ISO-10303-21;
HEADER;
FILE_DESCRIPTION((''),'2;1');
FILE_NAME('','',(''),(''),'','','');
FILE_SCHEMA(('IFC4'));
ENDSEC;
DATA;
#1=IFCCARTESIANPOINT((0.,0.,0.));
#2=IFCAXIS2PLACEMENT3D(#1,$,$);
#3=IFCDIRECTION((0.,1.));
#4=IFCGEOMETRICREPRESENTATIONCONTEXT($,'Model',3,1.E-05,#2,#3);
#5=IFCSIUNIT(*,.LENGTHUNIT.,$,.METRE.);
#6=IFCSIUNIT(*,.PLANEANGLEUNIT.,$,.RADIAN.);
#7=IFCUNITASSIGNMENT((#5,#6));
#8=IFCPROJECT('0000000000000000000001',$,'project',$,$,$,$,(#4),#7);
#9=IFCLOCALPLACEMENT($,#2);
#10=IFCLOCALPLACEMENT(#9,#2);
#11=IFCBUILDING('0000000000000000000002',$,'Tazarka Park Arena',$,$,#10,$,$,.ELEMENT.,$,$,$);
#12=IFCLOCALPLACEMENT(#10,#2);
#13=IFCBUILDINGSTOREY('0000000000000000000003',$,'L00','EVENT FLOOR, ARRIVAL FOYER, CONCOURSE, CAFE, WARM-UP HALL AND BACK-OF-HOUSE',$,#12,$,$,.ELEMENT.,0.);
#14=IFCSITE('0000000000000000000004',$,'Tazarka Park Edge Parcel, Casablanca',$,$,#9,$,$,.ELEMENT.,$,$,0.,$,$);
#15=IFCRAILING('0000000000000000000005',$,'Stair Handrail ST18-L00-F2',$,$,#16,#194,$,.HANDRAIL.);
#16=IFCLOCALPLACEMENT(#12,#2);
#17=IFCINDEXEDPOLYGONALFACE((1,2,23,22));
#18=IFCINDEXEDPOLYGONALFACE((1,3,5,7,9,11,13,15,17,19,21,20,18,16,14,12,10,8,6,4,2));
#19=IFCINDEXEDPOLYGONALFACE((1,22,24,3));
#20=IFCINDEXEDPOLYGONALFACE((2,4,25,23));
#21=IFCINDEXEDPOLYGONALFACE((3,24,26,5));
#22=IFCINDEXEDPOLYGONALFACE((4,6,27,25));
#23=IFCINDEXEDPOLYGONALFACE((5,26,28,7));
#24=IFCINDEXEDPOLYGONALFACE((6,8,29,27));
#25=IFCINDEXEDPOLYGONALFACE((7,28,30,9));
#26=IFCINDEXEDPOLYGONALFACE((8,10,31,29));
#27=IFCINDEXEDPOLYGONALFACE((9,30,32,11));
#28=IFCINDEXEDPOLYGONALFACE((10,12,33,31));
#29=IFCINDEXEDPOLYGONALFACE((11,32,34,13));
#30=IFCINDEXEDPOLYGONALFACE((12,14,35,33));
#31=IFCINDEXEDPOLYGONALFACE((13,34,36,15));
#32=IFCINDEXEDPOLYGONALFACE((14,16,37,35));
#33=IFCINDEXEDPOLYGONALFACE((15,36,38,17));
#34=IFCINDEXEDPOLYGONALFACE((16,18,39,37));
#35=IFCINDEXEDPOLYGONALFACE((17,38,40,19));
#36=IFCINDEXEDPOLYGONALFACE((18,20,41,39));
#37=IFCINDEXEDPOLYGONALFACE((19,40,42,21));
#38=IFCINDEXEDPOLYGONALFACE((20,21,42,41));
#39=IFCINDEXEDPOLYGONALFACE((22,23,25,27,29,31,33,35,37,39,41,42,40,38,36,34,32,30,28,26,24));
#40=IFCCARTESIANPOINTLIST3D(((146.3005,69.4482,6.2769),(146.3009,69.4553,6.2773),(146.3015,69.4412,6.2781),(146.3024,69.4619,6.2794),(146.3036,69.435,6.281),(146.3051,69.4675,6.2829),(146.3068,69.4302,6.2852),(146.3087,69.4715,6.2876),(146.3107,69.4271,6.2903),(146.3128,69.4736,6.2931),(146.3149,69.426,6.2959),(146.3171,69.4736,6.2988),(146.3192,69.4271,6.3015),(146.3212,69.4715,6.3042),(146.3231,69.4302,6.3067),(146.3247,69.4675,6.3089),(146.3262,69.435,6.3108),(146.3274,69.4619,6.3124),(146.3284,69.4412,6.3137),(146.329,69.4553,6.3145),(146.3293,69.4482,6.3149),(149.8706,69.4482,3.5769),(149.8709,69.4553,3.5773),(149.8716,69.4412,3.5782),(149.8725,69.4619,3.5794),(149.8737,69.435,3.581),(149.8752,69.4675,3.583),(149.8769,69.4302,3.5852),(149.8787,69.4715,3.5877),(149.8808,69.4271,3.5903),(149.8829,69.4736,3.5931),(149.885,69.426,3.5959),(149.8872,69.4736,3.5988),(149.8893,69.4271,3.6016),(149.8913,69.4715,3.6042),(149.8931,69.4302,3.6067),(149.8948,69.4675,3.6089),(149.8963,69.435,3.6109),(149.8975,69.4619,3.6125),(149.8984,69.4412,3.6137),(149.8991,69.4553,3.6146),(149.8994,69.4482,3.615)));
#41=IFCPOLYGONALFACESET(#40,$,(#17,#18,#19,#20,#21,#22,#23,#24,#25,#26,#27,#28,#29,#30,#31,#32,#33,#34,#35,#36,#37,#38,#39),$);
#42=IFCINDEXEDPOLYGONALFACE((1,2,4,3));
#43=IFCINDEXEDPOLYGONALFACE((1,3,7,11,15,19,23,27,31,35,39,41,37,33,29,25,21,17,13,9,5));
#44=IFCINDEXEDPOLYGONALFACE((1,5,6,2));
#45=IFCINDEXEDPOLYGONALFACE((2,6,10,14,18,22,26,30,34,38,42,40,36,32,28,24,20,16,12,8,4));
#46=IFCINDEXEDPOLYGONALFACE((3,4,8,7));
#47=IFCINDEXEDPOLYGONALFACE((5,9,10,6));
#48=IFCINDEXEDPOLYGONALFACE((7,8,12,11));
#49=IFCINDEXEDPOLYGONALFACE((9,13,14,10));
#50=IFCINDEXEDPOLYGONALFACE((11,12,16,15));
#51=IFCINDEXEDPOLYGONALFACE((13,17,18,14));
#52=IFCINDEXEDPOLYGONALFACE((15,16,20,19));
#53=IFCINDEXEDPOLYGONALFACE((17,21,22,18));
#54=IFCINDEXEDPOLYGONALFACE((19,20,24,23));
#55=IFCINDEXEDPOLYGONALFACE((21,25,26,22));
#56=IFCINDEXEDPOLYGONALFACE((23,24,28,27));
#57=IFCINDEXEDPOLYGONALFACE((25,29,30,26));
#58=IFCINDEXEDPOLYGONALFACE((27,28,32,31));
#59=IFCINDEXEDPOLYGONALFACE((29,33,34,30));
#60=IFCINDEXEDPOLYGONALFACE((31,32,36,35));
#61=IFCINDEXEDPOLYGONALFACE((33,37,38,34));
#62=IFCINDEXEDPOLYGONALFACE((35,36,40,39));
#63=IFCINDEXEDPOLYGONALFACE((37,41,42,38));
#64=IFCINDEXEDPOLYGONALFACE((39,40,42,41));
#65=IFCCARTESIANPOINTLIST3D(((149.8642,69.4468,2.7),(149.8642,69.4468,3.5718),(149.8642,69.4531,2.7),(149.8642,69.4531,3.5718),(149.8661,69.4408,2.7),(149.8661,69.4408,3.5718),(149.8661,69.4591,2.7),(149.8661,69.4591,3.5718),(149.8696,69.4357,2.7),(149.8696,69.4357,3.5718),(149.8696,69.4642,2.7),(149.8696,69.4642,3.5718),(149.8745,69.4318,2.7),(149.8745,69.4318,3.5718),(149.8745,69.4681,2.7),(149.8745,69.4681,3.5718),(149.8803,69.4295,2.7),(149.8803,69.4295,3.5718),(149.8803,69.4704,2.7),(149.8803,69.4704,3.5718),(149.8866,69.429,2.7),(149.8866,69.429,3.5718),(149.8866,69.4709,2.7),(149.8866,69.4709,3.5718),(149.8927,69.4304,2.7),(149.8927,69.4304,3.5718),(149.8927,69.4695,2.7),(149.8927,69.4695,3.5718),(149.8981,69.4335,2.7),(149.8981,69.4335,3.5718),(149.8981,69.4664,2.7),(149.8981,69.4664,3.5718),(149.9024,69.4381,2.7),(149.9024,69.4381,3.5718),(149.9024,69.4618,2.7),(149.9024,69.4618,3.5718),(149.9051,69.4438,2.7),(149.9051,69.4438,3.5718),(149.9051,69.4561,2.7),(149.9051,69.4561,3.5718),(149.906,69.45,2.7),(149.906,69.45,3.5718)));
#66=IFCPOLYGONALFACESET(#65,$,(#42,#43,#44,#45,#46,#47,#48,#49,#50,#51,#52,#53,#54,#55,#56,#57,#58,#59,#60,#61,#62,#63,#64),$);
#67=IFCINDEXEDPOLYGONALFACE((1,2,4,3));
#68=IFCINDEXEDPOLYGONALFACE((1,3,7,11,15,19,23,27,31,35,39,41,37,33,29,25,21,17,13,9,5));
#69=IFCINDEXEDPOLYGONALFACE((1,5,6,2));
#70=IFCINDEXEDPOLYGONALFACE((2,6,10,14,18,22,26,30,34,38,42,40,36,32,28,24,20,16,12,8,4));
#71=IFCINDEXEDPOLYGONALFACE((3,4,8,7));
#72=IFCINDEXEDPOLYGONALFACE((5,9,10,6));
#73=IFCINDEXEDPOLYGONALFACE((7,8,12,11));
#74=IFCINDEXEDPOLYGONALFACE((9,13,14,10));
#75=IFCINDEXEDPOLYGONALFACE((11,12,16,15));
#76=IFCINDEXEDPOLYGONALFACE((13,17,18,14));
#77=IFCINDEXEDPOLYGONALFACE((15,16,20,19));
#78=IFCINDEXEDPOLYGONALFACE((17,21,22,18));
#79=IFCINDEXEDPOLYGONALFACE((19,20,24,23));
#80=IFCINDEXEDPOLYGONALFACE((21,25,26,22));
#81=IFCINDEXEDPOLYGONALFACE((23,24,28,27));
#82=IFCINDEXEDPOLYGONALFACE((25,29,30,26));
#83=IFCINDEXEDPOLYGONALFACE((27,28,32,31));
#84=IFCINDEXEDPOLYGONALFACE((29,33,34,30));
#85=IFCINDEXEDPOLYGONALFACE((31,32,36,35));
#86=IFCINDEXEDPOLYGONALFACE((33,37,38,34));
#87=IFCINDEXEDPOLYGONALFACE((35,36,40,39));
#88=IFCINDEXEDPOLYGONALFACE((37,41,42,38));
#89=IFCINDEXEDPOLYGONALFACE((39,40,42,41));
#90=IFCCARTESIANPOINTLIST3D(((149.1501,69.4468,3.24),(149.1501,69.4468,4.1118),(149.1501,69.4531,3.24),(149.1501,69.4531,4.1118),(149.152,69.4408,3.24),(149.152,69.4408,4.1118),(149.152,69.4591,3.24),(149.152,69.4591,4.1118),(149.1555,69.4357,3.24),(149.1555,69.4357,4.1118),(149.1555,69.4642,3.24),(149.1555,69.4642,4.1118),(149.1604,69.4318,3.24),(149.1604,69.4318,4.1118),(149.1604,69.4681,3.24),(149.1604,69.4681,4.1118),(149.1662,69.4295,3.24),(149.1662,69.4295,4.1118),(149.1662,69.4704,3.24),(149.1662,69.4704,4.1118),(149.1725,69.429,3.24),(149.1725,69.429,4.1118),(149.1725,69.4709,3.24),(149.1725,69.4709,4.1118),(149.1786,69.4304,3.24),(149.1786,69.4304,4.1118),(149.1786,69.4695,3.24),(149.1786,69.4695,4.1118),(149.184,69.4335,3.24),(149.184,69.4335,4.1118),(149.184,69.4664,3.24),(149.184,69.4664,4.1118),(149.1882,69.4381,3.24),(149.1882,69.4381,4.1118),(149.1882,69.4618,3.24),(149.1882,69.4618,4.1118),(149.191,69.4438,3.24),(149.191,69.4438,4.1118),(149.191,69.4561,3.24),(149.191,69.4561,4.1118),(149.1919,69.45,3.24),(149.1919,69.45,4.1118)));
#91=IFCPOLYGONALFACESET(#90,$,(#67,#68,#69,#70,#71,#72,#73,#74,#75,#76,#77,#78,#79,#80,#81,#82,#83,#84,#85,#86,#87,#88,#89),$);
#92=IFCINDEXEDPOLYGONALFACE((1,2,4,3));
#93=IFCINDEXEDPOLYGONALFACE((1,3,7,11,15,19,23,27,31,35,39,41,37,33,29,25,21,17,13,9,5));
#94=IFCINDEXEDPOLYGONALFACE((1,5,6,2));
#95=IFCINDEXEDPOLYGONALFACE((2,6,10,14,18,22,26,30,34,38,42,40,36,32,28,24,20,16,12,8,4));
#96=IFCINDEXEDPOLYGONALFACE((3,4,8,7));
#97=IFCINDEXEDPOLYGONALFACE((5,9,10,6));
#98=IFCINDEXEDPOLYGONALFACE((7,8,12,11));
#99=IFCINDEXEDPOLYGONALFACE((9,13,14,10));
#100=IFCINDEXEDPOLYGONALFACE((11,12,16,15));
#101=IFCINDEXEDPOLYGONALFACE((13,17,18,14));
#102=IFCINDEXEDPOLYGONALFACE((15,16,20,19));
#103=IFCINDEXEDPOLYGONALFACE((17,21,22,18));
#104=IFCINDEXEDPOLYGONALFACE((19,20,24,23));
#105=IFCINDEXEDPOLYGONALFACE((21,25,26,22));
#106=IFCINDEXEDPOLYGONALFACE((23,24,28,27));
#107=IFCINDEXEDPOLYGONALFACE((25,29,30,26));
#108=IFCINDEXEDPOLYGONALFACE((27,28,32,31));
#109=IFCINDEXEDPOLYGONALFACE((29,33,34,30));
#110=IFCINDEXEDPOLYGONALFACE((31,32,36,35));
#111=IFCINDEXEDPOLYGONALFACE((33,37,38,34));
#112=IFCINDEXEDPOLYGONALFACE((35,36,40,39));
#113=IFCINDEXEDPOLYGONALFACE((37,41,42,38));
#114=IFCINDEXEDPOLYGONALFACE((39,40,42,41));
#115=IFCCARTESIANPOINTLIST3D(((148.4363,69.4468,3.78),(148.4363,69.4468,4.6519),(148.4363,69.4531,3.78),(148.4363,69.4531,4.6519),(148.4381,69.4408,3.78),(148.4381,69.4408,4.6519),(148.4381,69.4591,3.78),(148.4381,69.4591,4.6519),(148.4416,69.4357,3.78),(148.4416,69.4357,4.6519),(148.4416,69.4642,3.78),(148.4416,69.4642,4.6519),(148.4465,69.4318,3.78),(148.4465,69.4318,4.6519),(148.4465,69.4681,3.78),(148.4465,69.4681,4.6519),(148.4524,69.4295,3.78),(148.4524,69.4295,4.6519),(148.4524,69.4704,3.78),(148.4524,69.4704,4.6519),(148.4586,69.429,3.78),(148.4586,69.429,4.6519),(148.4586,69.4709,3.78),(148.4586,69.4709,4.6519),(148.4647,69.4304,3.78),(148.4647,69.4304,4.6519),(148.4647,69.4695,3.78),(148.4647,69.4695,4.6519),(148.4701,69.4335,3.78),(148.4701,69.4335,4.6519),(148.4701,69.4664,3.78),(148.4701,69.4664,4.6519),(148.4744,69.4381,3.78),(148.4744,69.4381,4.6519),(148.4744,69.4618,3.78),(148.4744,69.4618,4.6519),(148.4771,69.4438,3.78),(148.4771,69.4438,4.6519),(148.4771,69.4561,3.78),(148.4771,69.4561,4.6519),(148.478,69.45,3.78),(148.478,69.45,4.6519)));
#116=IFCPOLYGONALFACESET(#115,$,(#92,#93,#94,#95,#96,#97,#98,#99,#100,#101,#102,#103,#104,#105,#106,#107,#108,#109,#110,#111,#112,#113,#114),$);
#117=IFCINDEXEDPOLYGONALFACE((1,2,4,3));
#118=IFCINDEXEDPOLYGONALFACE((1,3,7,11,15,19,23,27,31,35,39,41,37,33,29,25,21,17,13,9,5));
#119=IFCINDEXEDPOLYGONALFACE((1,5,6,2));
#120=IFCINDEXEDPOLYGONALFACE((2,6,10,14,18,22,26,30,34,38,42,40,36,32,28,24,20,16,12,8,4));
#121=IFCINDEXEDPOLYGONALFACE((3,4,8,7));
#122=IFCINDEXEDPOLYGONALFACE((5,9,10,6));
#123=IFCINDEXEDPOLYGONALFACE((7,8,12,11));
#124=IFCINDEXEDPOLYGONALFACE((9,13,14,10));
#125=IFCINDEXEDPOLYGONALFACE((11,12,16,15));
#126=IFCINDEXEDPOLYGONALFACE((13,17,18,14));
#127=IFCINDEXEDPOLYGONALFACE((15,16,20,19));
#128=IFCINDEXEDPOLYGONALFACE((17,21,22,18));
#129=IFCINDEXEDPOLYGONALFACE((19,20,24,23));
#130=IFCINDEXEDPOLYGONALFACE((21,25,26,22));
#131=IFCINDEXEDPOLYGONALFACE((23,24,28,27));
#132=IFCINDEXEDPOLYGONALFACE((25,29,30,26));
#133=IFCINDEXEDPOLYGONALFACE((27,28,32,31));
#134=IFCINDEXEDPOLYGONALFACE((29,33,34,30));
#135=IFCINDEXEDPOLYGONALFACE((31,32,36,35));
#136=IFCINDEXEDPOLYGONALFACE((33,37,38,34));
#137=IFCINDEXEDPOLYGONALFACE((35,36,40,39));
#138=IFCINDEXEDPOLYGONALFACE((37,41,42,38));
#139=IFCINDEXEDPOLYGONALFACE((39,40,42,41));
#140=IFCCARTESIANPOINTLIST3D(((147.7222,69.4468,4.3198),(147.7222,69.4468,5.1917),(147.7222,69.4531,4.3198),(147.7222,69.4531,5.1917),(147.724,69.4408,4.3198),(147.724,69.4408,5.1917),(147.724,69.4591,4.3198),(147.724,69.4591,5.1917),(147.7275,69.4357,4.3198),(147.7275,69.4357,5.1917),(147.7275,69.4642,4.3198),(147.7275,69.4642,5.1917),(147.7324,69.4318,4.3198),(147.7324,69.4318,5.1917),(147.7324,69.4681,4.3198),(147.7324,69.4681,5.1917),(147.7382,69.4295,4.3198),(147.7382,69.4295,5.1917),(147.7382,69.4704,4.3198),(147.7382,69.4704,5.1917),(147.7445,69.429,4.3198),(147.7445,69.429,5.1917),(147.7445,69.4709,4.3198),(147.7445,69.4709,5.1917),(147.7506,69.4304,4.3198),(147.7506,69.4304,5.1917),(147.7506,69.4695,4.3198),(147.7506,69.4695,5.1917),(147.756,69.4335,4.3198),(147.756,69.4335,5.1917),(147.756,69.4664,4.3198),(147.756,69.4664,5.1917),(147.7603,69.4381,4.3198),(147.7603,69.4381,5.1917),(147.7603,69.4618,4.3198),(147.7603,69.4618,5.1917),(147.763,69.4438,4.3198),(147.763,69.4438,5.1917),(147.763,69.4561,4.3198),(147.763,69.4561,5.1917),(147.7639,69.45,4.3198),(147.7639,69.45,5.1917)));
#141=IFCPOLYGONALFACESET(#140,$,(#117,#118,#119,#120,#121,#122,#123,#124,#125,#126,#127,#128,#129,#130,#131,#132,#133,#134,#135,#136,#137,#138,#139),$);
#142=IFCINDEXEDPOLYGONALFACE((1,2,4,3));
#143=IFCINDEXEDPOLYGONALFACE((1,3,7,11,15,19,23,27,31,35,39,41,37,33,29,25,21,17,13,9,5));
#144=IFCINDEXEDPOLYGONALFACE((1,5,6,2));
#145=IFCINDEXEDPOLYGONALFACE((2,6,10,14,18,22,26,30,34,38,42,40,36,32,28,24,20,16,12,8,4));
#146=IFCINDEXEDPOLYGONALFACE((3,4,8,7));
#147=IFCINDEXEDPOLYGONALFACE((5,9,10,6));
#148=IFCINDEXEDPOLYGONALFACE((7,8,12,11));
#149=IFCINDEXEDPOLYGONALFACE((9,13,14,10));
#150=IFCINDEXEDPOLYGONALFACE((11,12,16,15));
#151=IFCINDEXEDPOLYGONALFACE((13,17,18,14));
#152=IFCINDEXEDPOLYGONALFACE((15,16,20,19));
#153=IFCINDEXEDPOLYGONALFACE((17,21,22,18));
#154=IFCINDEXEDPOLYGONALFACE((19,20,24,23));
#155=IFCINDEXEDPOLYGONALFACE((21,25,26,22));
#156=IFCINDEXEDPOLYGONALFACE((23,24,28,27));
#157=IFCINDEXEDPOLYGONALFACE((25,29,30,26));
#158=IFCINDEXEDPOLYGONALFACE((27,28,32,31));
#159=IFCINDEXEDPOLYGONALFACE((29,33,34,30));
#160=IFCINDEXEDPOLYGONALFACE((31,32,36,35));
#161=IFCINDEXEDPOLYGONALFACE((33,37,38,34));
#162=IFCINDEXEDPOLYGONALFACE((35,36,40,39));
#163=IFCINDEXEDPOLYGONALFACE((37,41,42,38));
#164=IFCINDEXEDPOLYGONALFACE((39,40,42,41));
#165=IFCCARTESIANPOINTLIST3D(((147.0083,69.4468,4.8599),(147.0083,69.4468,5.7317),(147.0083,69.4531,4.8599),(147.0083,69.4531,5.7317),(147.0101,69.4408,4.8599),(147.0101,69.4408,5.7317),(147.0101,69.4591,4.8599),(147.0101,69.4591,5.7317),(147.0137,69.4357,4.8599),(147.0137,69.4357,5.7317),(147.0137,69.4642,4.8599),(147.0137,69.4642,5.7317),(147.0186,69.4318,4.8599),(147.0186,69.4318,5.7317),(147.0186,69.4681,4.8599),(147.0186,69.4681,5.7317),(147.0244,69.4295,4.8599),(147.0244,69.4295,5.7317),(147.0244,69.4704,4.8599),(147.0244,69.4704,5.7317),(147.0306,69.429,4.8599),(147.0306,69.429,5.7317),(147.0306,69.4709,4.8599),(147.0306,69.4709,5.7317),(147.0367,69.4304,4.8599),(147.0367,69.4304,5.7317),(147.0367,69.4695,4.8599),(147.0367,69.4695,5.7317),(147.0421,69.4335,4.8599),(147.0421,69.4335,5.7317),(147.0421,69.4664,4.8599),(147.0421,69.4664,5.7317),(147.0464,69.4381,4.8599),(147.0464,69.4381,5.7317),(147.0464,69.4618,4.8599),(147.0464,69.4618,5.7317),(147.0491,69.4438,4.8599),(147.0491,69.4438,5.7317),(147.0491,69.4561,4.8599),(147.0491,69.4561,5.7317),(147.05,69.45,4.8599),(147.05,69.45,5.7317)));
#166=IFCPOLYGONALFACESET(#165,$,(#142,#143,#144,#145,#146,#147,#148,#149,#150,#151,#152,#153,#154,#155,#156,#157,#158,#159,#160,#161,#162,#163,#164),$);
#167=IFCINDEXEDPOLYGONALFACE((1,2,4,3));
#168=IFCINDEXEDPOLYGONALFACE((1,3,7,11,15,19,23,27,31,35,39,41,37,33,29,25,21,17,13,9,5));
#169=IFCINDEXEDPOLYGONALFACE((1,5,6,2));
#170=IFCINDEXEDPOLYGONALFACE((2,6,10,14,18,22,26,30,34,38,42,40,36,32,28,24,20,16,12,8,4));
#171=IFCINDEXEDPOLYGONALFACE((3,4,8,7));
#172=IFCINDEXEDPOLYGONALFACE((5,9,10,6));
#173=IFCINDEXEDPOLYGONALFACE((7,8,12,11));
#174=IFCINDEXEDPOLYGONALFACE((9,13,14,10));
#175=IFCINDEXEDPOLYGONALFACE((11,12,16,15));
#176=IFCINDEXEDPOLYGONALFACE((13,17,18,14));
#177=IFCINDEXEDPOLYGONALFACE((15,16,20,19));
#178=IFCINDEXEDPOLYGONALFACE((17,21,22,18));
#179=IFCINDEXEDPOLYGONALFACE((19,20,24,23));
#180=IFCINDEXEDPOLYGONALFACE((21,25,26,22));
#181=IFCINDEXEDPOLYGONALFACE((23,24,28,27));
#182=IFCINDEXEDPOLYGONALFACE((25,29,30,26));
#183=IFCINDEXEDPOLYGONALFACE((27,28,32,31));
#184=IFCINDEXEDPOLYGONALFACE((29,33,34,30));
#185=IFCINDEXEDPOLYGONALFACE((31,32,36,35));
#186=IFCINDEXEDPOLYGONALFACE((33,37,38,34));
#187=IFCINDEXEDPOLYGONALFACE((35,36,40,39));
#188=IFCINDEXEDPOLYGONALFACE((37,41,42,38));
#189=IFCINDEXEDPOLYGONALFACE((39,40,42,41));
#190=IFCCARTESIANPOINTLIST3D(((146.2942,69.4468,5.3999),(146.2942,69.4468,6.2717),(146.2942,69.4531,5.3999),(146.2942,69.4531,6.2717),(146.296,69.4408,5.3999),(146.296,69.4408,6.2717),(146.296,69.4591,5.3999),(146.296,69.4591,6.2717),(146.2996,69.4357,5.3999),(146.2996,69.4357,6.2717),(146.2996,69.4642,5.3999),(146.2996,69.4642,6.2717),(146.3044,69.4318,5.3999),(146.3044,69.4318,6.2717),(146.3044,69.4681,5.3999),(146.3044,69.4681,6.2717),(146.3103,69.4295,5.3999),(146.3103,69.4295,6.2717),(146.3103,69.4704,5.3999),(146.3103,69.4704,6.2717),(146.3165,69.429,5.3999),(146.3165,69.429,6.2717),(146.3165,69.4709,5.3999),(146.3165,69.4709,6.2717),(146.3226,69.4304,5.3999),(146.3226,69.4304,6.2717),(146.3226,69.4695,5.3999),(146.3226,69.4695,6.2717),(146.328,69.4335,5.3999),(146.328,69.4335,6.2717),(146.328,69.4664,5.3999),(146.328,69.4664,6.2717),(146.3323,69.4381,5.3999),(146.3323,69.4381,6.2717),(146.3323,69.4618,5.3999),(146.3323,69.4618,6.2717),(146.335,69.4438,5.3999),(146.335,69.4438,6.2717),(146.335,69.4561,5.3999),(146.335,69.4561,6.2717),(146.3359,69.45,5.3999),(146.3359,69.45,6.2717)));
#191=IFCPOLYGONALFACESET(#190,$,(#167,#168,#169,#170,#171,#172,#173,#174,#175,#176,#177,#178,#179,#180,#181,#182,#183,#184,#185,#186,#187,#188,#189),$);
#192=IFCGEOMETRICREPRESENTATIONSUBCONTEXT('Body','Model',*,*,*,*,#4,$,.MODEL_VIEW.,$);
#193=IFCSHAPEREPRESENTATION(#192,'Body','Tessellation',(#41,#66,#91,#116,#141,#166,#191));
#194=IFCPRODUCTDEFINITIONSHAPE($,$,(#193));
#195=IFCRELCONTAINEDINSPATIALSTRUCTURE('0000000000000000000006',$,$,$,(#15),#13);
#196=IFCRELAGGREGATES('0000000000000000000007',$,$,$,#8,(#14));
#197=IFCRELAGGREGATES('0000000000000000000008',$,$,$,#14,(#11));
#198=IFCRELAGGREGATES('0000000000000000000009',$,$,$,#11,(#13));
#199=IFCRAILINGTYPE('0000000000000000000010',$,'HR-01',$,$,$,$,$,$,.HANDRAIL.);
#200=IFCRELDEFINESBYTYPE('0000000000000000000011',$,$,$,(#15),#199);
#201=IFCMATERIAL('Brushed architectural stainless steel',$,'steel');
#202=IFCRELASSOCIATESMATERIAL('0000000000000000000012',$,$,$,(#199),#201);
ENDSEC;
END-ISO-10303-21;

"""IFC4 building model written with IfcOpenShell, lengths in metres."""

from ifc_helpers import new_model, si_unit, direction, frame, origin, origin_2d, place, context, subcontext, project, spatial, circle, extrude, material, type_object, element, save


model = new_model("IFC4")

# Units and contexts
model_context = context("Model", 3, precision=1e-05, world=origin(), true_north=direction((0.0, 1.0)))
body_context = subcontext(model_context, "Body", "Model", "MODEL_VIEW")
ifc_project = project(units=[si_unit("LENGTHUNIT", "METRE"), si_unit("PLANEANGLEUNIT", "RADIAN")], contexts=[model_context])

# Site, building, storey
site_placement = place(None, origin())
site = spatial("IfcSite", under=ifc_project, at=site_placement, Name="Tazarka Park Edge Parcel, Casablanca", CompositionType="ELEMENT", RefElevation=0.0)
building_placement = place(site_placement, origin())
building = spatial("IfcBuilding", under=site, at=building_placement, Name="Tazarka Park Arena", CompositionType="ELEMENT")
storey_placement = place(building_placement, origin())
storey = spatial("IfcBuildingStorey", under=building, at=storey_placement, Name="L00", Description="EVENT FLOOR, ARRIVAL FOYER, CONCOURSE, CAFE, WARM-UP HALL AND BACK-OF-HOUSE", CompositionType="ELEMENT", Elevation=0.0)

# Railing
ifc_material_1 = material(Name="Brushed architectural stainless steel", Category="steel")
railing_type_1 = type_object("IfcRailingType", Name="HR-01", PredefinedType="HANDRAIL", material=ifc_material_1)
railing_1_placement = place(storey_placement, frame((149.885, 69.45, 2.7)))
element("IfcRailing", 1, at=railing_1_placement, inside=storey, type_object=railing_type_1, Name="Stair Handrail ST18-L00-F2", PredefinedType="HANDRAIL", context=body_context, shape_type="SweptSolid", body=[
    extrude(circle(Radius=0.0239, at=origin_2d()), frame((0.0, 0.0, 0.896), z_axis=(-0.797591, 0.0, 0.603198), x_axis=(0.0, -1.0, 0.0)), (0.0, 0.0, 1.0), 4.4761),
    extrude(circle(Radius=0.021, at=origin_2d()), origin(), (0.0, 0.0, 1.0), 0.8718),
    extrude(circle(Radius=0.021, at=origin_2d()), frame((-0.7141, 0.0, 0.54)), (0.0, 0.0, 1.0), 0.8718),
    extrude(circle(Radius=0.021, at=origin_2d()), frame((-1.428, 0.0, 1.0801)), (0.0, 0.0, 1.0), 0.8718),
    extrude(circle(Radius=0.021, at=origin_2d()), frame((-2.1421, 0.0, 1.6199)), (0.0, 0.0, 1.0), 0.8718),
    extrude(circle(Radius=0.021, at=origin_2d()), frame((-2.856, 0.0, 2.1599)), (0.0, 0.0, 1.0), 0.8718),
    extrude(circle(Radius=0.021, at=origin_2d()), frame((-3.5701, 0.0, 2.7)), (0.0, 0.0, 1.0), 0.8718),
])

save(model, "model.ifc")
